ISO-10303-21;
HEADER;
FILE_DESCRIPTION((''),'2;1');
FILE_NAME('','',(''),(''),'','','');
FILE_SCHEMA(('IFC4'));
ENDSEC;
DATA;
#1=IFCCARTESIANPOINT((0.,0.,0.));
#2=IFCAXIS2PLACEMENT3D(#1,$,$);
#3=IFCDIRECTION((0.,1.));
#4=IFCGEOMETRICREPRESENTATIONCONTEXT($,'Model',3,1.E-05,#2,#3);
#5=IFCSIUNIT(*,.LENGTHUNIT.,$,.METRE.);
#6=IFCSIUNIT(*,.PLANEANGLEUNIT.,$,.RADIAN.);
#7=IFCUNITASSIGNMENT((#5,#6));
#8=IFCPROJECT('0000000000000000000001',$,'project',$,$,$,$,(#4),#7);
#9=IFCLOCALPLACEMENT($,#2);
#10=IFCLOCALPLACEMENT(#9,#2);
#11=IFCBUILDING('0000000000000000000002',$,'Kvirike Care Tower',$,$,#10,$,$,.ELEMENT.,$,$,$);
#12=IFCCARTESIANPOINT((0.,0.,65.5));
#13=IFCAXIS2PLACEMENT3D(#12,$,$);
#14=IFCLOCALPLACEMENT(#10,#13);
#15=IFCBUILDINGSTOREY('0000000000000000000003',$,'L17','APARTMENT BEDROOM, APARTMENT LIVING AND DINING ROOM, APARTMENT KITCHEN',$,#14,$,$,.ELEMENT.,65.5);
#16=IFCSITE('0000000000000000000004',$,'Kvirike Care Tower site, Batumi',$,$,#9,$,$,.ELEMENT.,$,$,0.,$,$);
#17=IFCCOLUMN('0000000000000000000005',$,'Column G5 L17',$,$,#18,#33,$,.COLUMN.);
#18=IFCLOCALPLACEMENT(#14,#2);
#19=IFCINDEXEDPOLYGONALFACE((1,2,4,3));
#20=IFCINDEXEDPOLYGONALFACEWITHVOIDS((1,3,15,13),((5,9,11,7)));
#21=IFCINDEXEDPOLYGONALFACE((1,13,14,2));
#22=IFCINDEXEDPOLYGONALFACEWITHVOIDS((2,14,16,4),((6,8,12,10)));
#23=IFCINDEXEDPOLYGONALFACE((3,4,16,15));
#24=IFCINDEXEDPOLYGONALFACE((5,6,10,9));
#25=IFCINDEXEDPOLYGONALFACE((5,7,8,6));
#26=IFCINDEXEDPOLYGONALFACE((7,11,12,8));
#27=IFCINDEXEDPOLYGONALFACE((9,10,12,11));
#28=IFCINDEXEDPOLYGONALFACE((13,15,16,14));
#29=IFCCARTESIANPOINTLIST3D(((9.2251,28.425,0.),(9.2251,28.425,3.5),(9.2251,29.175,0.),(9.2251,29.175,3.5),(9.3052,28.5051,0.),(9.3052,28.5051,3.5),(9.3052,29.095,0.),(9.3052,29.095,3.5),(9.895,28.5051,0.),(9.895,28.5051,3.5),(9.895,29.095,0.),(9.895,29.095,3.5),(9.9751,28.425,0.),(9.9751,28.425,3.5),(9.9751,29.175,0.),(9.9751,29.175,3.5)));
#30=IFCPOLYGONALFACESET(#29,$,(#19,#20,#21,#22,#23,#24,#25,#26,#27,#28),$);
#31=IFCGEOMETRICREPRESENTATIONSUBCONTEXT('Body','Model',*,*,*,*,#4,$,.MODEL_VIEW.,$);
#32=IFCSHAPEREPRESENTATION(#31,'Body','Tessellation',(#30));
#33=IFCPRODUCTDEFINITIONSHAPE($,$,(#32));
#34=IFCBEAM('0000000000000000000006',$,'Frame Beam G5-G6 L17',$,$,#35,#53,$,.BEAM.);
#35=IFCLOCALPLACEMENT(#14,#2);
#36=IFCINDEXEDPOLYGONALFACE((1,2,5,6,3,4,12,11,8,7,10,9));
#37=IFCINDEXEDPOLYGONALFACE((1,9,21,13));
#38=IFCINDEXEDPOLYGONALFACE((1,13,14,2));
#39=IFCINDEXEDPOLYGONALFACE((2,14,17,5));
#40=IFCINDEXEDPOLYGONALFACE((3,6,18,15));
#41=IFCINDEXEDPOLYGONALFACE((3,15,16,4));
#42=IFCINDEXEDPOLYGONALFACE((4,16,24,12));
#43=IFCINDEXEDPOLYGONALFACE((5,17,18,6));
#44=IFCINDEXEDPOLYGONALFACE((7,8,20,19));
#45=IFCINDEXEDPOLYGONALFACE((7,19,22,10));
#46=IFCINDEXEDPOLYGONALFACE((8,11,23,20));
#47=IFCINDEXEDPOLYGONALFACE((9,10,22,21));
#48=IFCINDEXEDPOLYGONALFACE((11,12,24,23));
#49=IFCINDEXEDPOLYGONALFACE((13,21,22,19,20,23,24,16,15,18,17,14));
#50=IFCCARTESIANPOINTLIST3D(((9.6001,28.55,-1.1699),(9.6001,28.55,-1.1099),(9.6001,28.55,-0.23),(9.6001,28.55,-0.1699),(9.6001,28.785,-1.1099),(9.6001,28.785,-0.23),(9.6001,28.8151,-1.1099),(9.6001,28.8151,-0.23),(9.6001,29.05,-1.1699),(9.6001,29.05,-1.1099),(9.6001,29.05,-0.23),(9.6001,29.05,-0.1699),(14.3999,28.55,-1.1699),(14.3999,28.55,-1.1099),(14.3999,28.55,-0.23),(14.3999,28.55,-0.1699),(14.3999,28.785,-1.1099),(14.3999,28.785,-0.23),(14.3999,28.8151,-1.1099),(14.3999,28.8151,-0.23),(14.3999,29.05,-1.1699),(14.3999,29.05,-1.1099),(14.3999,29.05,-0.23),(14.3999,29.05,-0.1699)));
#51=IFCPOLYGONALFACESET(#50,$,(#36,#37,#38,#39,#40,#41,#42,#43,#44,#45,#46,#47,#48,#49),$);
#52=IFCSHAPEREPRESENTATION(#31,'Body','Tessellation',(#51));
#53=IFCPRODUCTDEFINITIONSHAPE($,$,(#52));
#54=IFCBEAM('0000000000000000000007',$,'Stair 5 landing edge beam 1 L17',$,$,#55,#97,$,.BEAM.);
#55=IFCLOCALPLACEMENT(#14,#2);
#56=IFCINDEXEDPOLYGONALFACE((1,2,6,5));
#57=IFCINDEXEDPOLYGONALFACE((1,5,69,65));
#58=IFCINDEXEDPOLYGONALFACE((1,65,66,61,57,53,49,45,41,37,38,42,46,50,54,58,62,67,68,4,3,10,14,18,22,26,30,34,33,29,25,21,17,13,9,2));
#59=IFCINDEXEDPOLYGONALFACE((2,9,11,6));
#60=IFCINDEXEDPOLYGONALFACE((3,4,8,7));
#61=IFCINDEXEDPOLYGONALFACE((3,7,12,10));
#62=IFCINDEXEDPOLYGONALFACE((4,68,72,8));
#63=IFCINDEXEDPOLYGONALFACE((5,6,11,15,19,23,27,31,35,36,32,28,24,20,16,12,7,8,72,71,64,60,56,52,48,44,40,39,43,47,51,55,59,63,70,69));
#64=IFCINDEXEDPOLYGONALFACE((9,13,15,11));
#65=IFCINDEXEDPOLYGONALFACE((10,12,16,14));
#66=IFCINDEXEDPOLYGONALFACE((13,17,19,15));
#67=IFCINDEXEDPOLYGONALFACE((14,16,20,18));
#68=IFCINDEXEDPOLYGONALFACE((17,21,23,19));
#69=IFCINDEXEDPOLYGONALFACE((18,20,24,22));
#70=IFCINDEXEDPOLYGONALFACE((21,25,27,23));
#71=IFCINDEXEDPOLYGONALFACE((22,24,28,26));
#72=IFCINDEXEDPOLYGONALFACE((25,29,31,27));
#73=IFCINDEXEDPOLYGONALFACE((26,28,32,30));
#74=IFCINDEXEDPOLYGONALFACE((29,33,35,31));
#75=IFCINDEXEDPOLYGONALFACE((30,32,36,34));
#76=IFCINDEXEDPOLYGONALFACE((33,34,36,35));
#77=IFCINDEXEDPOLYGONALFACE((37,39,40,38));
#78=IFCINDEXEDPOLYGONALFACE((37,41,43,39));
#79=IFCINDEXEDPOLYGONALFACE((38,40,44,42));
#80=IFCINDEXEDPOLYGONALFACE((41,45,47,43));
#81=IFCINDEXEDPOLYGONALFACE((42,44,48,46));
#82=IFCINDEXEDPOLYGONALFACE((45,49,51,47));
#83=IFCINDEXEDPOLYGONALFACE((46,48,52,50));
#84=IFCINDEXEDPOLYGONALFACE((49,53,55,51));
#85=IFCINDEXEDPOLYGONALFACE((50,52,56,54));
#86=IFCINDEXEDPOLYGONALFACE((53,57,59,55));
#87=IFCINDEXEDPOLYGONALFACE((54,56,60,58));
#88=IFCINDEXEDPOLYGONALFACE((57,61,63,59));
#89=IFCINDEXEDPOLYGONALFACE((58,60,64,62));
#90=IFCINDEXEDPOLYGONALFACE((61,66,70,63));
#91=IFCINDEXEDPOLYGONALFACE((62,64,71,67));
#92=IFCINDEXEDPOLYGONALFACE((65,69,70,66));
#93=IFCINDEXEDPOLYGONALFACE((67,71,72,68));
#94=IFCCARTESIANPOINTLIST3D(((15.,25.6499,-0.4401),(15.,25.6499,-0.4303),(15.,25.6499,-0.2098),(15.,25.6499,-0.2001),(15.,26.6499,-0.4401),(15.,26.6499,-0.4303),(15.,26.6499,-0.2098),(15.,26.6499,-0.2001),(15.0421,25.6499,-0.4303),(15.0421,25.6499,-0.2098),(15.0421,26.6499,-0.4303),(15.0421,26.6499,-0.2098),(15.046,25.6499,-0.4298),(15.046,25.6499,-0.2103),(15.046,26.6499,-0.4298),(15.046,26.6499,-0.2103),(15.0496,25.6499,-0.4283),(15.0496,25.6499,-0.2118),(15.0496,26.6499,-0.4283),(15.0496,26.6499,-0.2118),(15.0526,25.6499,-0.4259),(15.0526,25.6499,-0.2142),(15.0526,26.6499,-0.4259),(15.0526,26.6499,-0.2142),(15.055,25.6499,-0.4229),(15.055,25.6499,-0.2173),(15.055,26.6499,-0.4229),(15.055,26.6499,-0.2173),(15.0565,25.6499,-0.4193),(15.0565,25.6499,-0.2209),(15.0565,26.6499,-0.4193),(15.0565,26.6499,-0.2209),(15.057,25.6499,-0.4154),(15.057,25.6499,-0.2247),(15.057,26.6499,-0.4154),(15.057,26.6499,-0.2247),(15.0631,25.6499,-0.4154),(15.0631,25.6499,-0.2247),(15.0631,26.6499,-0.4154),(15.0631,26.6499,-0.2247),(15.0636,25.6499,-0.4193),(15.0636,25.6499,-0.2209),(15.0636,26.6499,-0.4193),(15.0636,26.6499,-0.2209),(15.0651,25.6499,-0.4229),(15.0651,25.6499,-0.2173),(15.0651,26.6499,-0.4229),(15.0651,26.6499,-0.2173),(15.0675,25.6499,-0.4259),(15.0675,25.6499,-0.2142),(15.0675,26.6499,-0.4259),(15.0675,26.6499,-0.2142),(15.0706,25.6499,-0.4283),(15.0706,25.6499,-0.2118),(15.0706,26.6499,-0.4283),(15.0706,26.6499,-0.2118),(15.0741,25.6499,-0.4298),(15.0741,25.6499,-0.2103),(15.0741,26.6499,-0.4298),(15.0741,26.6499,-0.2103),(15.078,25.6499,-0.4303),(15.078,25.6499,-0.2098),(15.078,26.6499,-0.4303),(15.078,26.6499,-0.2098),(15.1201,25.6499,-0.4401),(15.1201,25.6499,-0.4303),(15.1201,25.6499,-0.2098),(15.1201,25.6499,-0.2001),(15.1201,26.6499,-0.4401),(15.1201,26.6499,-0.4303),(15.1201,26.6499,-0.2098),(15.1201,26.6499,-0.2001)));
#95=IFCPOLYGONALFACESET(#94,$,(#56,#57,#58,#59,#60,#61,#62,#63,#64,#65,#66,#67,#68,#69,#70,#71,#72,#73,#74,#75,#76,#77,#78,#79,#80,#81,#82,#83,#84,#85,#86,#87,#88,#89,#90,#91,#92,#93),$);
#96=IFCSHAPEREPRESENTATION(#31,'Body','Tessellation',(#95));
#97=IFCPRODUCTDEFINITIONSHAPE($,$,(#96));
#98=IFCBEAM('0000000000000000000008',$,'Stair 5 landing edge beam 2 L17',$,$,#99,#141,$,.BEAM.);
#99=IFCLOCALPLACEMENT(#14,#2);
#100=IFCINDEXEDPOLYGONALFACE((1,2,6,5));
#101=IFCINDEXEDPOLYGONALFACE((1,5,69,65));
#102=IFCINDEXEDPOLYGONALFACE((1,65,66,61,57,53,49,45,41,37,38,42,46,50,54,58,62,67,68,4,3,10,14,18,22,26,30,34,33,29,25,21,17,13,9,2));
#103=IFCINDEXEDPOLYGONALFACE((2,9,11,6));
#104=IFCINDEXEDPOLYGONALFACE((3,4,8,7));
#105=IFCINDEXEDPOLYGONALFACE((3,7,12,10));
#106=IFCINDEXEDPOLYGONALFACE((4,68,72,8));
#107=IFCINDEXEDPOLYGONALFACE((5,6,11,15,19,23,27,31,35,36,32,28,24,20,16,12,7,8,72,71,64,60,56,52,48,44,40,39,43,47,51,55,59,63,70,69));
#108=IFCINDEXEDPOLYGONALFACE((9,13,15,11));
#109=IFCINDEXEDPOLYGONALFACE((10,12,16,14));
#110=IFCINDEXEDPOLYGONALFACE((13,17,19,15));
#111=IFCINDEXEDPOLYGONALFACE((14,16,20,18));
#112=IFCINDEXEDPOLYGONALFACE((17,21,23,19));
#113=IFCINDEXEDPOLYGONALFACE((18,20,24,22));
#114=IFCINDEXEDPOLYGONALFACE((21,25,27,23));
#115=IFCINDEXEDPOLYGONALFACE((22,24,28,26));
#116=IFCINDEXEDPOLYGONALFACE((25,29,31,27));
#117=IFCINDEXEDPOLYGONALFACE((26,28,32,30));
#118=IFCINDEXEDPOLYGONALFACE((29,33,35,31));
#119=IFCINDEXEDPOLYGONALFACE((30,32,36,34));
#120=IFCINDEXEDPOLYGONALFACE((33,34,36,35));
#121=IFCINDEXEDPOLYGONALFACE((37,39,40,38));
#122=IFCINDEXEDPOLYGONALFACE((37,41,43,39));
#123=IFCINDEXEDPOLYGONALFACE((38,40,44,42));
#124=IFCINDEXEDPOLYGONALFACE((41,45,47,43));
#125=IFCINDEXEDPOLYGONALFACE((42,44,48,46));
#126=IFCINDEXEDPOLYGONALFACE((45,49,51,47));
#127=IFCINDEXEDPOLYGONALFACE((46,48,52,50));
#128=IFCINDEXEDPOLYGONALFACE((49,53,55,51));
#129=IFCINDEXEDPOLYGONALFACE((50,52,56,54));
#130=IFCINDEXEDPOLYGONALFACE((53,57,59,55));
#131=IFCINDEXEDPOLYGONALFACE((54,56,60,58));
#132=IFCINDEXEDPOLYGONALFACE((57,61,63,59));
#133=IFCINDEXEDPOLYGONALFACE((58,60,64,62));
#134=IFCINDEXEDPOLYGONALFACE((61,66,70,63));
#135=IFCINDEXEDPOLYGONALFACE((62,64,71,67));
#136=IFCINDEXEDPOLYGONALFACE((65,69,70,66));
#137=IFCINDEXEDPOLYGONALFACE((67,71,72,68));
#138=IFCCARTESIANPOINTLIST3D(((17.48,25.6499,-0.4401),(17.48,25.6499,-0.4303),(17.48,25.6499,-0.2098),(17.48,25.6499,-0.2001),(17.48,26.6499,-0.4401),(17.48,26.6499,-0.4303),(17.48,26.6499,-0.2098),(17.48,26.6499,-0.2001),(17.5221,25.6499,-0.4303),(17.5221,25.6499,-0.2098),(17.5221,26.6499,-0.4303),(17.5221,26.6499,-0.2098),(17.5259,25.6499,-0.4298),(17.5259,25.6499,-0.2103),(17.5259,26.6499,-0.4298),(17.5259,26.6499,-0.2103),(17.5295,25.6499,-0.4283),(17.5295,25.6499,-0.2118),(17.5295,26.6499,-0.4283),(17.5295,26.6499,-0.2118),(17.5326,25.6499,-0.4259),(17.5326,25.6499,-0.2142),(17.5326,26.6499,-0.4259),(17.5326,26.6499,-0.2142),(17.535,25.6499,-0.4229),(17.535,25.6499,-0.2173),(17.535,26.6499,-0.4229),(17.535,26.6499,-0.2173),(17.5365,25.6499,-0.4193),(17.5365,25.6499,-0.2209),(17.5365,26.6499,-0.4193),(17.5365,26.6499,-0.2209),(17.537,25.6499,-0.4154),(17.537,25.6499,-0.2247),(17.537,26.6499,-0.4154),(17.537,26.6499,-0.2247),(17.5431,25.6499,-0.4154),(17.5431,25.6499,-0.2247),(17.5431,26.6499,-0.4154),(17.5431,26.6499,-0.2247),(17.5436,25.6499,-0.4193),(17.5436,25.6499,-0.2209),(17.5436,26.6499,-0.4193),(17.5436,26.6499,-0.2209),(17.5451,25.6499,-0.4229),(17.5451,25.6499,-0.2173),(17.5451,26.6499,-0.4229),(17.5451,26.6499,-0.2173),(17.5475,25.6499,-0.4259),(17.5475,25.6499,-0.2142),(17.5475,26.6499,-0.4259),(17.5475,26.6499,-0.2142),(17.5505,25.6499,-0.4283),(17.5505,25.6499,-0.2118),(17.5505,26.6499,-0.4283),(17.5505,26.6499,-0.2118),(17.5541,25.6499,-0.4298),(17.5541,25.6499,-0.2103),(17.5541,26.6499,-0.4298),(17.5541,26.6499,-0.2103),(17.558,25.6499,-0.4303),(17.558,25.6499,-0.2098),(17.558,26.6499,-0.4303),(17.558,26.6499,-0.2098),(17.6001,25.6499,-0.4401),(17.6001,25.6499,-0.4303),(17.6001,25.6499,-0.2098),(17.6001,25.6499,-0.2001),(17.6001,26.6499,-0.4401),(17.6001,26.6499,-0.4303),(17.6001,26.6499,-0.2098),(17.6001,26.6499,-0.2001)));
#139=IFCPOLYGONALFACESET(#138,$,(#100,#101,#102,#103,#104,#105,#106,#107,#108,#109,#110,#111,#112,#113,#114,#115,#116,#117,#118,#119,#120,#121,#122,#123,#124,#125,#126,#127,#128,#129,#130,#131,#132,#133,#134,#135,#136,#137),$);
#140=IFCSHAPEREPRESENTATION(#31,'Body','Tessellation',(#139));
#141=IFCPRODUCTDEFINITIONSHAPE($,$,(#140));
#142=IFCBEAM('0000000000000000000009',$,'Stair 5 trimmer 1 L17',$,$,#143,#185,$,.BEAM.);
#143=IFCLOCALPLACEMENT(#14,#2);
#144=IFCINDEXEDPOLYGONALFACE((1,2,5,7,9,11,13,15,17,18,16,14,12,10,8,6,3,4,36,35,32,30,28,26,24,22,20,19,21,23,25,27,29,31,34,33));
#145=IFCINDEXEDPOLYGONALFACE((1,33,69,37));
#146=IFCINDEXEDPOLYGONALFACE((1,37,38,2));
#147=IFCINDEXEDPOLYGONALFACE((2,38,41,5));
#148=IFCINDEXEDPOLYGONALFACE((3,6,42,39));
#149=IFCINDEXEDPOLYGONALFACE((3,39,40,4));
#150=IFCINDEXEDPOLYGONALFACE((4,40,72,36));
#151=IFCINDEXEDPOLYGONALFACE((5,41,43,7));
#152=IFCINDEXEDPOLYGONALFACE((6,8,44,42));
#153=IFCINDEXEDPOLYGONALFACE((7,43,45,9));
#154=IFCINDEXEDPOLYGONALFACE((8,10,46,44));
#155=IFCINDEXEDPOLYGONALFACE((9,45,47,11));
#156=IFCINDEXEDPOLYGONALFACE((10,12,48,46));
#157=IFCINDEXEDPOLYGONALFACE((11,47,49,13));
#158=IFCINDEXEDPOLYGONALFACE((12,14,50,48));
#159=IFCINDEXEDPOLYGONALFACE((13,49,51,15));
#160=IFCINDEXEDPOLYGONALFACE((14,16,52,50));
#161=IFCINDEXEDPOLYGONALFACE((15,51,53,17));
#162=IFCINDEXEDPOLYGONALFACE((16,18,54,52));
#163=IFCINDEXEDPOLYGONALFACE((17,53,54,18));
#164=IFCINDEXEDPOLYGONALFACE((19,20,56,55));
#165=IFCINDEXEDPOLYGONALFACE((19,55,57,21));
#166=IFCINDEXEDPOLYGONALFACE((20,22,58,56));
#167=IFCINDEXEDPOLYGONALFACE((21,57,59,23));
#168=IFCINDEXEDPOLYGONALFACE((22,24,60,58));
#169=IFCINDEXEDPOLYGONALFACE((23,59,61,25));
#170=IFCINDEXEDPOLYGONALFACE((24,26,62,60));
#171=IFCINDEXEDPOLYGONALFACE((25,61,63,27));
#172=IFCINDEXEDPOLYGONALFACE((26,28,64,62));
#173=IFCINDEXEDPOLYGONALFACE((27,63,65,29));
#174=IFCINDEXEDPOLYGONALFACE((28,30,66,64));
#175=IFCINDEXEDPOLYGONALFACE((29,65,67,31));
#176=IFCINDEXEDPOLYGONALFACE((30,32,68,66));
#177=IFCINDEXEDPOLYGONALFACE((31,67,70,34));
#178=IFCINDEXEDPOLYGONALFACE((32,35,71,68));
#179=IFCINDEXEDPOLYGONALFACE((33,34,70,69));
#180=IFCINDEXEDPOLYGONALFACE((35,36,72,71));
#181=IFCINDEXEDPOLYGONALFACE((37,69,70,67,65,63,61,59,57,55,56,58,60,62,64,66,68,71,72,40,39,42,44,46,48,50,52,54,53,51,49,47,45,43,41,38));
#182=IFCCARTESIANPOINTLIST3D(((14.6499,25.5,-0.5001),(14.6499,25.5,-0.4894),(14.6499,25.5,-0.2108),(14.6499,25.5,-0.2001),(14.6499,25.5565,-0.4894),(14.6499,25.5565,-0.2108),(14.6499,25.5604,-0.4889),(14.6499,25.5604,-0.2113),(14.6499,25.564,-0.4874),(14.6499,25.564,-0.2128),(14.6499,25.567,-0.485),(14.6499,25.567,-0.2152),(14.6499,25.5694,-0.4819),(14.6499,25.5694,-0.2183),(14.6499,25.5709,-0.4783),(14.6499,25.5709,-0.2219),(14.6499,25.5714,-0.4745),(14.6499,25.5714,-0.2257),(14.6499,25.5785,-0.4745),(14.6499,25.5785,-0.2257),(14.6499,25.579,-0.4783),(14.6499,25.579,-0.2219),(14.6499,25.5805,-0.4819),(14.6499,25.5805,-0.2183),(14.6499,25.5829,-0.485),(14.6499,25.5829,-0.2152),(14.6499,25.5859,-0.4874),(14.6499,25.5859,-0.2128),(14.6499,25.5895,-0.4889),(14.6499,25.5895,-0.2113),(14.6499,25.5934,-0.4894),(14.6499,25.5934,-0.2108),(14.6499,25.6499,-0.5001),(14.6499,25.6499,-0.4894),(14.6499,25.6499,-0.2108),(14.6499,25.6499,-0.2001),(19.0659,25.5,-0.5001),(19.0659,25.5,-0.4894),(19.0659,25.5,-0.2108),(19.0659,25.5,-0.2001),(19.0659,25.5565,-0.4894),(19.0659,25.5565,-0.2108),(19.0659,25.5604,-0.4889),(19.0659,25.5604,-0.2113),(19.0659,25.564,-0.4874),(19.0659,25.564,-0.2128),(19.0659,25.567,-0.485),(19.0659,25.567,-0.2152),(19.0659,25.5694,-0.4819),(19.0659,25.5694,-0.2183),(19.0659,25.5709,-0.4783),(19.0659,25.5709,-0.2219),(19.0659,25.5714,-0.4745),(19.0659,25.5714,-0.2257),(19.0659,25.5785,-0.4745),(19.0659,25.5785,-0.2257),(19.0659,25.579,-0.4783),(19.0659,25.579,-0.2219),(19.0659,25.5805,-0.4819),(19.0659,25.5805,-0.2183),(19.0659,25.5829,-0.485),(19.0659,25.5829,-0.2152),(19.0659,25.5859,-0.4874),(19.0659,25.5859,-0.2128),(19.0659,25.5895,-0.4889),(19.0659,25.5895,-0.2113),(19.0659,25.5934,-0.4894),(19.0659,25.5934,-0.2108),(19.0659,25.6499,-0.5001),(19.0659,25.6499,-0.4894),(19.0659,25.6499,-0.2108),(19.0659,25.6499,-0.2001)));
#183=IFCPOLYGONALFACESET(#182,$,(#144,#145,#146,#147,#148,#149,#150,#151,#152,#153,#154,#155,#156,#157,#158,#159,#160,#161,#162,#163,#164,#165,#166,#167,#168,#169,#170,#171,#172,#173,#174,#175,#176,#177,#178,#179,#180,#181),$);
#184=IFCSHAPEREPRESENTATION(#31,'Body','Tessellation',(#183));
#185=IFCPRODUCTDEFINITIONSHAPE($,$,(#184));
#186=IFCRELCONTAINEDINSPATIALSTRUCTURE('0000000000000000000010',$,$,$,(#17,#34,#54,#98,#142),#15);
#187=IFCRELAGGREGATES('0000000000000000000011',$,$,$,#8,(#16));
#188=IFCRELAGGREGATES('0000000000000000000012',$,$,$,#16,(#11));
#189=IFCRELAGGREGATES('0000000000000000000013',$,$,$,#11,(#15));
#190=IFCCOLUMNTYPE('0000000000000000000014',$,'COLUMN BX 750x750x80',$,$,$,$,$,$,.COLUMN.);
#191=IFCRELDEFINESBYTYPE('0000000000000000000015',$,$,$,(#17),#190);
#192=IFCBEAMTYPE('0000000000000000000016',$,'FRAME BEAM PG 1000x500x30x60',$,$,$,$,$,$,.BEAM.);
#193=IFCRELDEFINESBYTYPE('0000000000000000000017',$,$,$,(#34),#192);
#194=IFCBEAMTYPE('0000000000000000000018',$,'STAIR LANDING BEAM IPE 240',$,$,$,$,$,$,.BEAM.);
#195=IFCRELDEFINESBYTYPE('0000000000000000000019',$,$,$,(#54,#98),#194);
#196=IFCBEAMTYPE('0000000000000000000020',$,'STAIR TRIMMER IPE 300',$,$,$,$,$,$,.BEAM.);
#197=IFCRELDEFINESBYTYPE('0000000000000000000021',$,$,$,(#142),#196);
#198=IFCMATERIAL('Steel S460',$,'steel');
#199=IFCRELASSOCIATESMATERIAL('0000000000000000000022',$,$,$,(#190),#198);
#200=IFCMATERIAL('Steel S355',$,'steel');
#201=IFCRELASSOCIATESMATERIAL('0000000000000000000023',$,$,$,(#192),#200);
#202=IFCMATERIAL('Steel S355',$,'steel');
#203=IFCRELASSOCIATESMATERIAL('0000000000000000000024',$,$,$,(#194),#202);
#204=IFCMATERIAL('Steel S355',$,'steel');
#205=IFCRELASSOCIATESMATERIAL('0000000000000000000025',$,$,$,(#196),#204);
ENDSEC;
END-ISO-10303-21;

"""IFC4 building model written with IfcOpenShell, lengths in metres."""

from ifc_helpers import new_model, si_unit, direction, frame, origin, origin_2d, place, context, subcontext, project, spatial, hollow_rectangle, i_section, extrude, material, material_profile, profile_set, type_object, element, save


model = new_model("IFC4")

# Units and contexts
model_context = context("Model", 3, precision=1e-05, world=origin(), true_north=direction((0.0, 1.0)))
body_context = subcontext(model_context, "Body", "Model", "MODEL_VIEW")
ifc_project = project(units=[si_unit("LENGTHUNIT", "METRE"), si_unit("PLANEANGLEUNIT", "RADIAN")], contexts=[model_context])

# Site, building, storey
site_placement = place(None, origin())
site = spatial("IfcSite", under=ifc_project, at=site_placement, Name="Kvirike Care Tower site, Batumi", CompositionType="ELEMENT", RefElevation=0.0)
building_placement = place(site_placement, origin())
building = spatial("IfcBuilding", under=site, at=building_placement, Name="Kvirike Care Tower", CompositionType="ELEMENT")
storey_placement = place(building_placement, frame((0.0, 0.0, 65.5)))
storey = spatial("IfcBuildingStorey", under=building, at=storey_placement, Name="L17", Description="APARTMENT BEDROOM, APARTMENT LIVING AND DINING ROOM, APARTMENT KITCHEN", CompositionType="ELEMENT", Elevation=65.5)

# Column
ifc_material_1 = material(Name="Steel S460", Category="steel")
ifc_material_profile_1 = material_profile(ifc_material_1, hollow_rectangle(XDim=0.75, YDim=0.75, WallThickness=0.0801, at=origin_2d()), Name="BX 750x750x80")
ifc_profile_set_1 = profile_set([ifc_material_profile_1], Name="Steel S460")
column_type = type_object("IfcColumnType", Name="COLUMN BX 750x750x80", PredefinedType="COLUMN", material=ifc_profile_set_1)
column_placement = place(storey_placement, frame((9.6001, 28.8, 0.0), z_axis=(0.0, 0.0, 1.0), x_axis=(0.0, 1.0, 0.0)))
element("IfcColumn", 1, at=column_placement, inside=storey, type_object=column_type, Name="Column G5 L17", PredefinedType="COLUMN", context=body_context, shape_type="SweptSolid", body=[
    extrude(hollow_rectangle(XDim=0.75, YDim=0.75, WallThickness=0.0801, at=origin_2d()), origin(), (0.0, 0.0, 1.0), 3.5),
])

# Beams
ifc_material_2 = material(Name="Steel S355", Category="steel")
ifc_material_profile_2 = material_profile(ifc_material_2, i_section(OverallWidth=0.5, OverallDepth=1.0, WebThickness=0.03, FlangeThickness=0.0601, at=origin_2d()), Name="PG 1000x500x30x60")
ifc_profile_set_2 = profile_set([ifc_material_profile_2], Name="Steel S355")
beam_type_1 = type_object("IfcBeamType", Name="FRAME BEAM PG 1000x500x30x60", PredefinedType="BEAM", material=ifc_profile_set_2)
beam_placement = place(storey_placement, frame((9.6001, 28.8, -0.6699), z_axis=(1.0, 0.0, 0.0), x_axis=(0.0, 1.0, 0.0)))
element("IfcBeam", 2, at=beam_placement, inside=storey, type_object=beam_type_1, Name="Frame Beam G5-G6 L17", PredefinedType="BEAM", context=body_context, shape_type="SweptSolid", body=[
    extrude(i_section(OverallWidth=0.5, OverallDepth=1.0, WebThickness=0.03, FlangeThickness=0.0601, at=origin_2d()), origin(), (0.0, 0.0, 1.0), 4.7998),
])
ifc_material_3 = material(Name="Steel S355", Category="steel")
ifc_material_profile_3 = material_profile(ifc_material_3, i_section(OverallWidth=0.1201, OverallDepth=0.24, WebThickness=0.0061, FlangeThickness=0.0098, FilletRadius=0.0149, at=origin_2d()), Name="IPE 240")
ifc_profile_set_3 = profile_set([ifc_material_profile_3], Name="Steel S355")
beam_type_2 = type_object("IfcBeamType", Name="STAIR LANDING BEAM IPE 240", PredefinedType="BEAM", material=ifc_profile_set_3)
for number, where, z_axis, x_axis, name in (
    (3, (15.0601, 25.6499, -0.3201), (0.0, 1.0, 0.0), (-1.0, 0.0, 0.0), "Stair 5 landing edge beam 1 L17"),
    (4, (17.54, 25.6499, -0.3201), (0.0, 1.0, 0.0), (-1.0, 0.0, 0.0), "Stair 5 landing edge beam 2 L17"),
):
    element("IfcBeam", number, at=place(storey_placement, frame(where, z_axis=z_axis, x_axis=x_axis)), inside=storey, type_object=beam_type_2, Name=name, PredefinedType="BEAM", context=body_context, shape_type="SweptSolid", body=[
        extrude(i_section(OverallWidth=0.1201, OverallDepth=0.24, WebThickness=0.0061, FlangeThickness=0.0098, FilletRadius=0.0149, at=origin_2d()), origin(), (0.0, 0.0, 1.0), 1.0),
    ])
ifc_material_4 = material(Name="Steel S355", Category="steel")
ifc_material_profile_4 = material_profile(ifc_material_4, i_section(OverallWidth=0.1499, OverallDepth=0.3, WebThickness=0.0071, FlangeThickness=0.0107, FilletRadius=0.0149, at=origin_2d()), Name="IPE 300")
ifc_profile_set_4 = profile_set([ifc_material_profile_4], Name="Steel S355")
beam_type_3 = type_object("IfcBeamType", Name="STAIR TRIMMER IPE 300", PredefinedType="BEAM", material=ifc_profile_set_4)
for number, where, z_axis, x_axis, name in (
    (5, (14.6499, 25.575, -0.3501), (1.0, 0.0, 0.0), (0.0, 1.0, 0.0), "Stair 5 trimmer 1 L17"),
):
    element("IfcBeam", number, at=place(storey_placement, frame(where, z_axis=z_axis, x_axis=x_axis)), inside=storey, type_object=beam_type_3, Name=name, PredefinedType="BEAM", context=body_context, shape_type="SweptSolid", body=[
        extrude(i_section(OverallWidth=0.1499, OverallDepth=0.3, WebThickness=0.0071, FlangeThickness=0.0107, FilletRadius=0.0149, at=origin_2d()), origin(), (0.0, 0.0, 1.0), 4.416),
    ])

save(model, "model.ifc")
